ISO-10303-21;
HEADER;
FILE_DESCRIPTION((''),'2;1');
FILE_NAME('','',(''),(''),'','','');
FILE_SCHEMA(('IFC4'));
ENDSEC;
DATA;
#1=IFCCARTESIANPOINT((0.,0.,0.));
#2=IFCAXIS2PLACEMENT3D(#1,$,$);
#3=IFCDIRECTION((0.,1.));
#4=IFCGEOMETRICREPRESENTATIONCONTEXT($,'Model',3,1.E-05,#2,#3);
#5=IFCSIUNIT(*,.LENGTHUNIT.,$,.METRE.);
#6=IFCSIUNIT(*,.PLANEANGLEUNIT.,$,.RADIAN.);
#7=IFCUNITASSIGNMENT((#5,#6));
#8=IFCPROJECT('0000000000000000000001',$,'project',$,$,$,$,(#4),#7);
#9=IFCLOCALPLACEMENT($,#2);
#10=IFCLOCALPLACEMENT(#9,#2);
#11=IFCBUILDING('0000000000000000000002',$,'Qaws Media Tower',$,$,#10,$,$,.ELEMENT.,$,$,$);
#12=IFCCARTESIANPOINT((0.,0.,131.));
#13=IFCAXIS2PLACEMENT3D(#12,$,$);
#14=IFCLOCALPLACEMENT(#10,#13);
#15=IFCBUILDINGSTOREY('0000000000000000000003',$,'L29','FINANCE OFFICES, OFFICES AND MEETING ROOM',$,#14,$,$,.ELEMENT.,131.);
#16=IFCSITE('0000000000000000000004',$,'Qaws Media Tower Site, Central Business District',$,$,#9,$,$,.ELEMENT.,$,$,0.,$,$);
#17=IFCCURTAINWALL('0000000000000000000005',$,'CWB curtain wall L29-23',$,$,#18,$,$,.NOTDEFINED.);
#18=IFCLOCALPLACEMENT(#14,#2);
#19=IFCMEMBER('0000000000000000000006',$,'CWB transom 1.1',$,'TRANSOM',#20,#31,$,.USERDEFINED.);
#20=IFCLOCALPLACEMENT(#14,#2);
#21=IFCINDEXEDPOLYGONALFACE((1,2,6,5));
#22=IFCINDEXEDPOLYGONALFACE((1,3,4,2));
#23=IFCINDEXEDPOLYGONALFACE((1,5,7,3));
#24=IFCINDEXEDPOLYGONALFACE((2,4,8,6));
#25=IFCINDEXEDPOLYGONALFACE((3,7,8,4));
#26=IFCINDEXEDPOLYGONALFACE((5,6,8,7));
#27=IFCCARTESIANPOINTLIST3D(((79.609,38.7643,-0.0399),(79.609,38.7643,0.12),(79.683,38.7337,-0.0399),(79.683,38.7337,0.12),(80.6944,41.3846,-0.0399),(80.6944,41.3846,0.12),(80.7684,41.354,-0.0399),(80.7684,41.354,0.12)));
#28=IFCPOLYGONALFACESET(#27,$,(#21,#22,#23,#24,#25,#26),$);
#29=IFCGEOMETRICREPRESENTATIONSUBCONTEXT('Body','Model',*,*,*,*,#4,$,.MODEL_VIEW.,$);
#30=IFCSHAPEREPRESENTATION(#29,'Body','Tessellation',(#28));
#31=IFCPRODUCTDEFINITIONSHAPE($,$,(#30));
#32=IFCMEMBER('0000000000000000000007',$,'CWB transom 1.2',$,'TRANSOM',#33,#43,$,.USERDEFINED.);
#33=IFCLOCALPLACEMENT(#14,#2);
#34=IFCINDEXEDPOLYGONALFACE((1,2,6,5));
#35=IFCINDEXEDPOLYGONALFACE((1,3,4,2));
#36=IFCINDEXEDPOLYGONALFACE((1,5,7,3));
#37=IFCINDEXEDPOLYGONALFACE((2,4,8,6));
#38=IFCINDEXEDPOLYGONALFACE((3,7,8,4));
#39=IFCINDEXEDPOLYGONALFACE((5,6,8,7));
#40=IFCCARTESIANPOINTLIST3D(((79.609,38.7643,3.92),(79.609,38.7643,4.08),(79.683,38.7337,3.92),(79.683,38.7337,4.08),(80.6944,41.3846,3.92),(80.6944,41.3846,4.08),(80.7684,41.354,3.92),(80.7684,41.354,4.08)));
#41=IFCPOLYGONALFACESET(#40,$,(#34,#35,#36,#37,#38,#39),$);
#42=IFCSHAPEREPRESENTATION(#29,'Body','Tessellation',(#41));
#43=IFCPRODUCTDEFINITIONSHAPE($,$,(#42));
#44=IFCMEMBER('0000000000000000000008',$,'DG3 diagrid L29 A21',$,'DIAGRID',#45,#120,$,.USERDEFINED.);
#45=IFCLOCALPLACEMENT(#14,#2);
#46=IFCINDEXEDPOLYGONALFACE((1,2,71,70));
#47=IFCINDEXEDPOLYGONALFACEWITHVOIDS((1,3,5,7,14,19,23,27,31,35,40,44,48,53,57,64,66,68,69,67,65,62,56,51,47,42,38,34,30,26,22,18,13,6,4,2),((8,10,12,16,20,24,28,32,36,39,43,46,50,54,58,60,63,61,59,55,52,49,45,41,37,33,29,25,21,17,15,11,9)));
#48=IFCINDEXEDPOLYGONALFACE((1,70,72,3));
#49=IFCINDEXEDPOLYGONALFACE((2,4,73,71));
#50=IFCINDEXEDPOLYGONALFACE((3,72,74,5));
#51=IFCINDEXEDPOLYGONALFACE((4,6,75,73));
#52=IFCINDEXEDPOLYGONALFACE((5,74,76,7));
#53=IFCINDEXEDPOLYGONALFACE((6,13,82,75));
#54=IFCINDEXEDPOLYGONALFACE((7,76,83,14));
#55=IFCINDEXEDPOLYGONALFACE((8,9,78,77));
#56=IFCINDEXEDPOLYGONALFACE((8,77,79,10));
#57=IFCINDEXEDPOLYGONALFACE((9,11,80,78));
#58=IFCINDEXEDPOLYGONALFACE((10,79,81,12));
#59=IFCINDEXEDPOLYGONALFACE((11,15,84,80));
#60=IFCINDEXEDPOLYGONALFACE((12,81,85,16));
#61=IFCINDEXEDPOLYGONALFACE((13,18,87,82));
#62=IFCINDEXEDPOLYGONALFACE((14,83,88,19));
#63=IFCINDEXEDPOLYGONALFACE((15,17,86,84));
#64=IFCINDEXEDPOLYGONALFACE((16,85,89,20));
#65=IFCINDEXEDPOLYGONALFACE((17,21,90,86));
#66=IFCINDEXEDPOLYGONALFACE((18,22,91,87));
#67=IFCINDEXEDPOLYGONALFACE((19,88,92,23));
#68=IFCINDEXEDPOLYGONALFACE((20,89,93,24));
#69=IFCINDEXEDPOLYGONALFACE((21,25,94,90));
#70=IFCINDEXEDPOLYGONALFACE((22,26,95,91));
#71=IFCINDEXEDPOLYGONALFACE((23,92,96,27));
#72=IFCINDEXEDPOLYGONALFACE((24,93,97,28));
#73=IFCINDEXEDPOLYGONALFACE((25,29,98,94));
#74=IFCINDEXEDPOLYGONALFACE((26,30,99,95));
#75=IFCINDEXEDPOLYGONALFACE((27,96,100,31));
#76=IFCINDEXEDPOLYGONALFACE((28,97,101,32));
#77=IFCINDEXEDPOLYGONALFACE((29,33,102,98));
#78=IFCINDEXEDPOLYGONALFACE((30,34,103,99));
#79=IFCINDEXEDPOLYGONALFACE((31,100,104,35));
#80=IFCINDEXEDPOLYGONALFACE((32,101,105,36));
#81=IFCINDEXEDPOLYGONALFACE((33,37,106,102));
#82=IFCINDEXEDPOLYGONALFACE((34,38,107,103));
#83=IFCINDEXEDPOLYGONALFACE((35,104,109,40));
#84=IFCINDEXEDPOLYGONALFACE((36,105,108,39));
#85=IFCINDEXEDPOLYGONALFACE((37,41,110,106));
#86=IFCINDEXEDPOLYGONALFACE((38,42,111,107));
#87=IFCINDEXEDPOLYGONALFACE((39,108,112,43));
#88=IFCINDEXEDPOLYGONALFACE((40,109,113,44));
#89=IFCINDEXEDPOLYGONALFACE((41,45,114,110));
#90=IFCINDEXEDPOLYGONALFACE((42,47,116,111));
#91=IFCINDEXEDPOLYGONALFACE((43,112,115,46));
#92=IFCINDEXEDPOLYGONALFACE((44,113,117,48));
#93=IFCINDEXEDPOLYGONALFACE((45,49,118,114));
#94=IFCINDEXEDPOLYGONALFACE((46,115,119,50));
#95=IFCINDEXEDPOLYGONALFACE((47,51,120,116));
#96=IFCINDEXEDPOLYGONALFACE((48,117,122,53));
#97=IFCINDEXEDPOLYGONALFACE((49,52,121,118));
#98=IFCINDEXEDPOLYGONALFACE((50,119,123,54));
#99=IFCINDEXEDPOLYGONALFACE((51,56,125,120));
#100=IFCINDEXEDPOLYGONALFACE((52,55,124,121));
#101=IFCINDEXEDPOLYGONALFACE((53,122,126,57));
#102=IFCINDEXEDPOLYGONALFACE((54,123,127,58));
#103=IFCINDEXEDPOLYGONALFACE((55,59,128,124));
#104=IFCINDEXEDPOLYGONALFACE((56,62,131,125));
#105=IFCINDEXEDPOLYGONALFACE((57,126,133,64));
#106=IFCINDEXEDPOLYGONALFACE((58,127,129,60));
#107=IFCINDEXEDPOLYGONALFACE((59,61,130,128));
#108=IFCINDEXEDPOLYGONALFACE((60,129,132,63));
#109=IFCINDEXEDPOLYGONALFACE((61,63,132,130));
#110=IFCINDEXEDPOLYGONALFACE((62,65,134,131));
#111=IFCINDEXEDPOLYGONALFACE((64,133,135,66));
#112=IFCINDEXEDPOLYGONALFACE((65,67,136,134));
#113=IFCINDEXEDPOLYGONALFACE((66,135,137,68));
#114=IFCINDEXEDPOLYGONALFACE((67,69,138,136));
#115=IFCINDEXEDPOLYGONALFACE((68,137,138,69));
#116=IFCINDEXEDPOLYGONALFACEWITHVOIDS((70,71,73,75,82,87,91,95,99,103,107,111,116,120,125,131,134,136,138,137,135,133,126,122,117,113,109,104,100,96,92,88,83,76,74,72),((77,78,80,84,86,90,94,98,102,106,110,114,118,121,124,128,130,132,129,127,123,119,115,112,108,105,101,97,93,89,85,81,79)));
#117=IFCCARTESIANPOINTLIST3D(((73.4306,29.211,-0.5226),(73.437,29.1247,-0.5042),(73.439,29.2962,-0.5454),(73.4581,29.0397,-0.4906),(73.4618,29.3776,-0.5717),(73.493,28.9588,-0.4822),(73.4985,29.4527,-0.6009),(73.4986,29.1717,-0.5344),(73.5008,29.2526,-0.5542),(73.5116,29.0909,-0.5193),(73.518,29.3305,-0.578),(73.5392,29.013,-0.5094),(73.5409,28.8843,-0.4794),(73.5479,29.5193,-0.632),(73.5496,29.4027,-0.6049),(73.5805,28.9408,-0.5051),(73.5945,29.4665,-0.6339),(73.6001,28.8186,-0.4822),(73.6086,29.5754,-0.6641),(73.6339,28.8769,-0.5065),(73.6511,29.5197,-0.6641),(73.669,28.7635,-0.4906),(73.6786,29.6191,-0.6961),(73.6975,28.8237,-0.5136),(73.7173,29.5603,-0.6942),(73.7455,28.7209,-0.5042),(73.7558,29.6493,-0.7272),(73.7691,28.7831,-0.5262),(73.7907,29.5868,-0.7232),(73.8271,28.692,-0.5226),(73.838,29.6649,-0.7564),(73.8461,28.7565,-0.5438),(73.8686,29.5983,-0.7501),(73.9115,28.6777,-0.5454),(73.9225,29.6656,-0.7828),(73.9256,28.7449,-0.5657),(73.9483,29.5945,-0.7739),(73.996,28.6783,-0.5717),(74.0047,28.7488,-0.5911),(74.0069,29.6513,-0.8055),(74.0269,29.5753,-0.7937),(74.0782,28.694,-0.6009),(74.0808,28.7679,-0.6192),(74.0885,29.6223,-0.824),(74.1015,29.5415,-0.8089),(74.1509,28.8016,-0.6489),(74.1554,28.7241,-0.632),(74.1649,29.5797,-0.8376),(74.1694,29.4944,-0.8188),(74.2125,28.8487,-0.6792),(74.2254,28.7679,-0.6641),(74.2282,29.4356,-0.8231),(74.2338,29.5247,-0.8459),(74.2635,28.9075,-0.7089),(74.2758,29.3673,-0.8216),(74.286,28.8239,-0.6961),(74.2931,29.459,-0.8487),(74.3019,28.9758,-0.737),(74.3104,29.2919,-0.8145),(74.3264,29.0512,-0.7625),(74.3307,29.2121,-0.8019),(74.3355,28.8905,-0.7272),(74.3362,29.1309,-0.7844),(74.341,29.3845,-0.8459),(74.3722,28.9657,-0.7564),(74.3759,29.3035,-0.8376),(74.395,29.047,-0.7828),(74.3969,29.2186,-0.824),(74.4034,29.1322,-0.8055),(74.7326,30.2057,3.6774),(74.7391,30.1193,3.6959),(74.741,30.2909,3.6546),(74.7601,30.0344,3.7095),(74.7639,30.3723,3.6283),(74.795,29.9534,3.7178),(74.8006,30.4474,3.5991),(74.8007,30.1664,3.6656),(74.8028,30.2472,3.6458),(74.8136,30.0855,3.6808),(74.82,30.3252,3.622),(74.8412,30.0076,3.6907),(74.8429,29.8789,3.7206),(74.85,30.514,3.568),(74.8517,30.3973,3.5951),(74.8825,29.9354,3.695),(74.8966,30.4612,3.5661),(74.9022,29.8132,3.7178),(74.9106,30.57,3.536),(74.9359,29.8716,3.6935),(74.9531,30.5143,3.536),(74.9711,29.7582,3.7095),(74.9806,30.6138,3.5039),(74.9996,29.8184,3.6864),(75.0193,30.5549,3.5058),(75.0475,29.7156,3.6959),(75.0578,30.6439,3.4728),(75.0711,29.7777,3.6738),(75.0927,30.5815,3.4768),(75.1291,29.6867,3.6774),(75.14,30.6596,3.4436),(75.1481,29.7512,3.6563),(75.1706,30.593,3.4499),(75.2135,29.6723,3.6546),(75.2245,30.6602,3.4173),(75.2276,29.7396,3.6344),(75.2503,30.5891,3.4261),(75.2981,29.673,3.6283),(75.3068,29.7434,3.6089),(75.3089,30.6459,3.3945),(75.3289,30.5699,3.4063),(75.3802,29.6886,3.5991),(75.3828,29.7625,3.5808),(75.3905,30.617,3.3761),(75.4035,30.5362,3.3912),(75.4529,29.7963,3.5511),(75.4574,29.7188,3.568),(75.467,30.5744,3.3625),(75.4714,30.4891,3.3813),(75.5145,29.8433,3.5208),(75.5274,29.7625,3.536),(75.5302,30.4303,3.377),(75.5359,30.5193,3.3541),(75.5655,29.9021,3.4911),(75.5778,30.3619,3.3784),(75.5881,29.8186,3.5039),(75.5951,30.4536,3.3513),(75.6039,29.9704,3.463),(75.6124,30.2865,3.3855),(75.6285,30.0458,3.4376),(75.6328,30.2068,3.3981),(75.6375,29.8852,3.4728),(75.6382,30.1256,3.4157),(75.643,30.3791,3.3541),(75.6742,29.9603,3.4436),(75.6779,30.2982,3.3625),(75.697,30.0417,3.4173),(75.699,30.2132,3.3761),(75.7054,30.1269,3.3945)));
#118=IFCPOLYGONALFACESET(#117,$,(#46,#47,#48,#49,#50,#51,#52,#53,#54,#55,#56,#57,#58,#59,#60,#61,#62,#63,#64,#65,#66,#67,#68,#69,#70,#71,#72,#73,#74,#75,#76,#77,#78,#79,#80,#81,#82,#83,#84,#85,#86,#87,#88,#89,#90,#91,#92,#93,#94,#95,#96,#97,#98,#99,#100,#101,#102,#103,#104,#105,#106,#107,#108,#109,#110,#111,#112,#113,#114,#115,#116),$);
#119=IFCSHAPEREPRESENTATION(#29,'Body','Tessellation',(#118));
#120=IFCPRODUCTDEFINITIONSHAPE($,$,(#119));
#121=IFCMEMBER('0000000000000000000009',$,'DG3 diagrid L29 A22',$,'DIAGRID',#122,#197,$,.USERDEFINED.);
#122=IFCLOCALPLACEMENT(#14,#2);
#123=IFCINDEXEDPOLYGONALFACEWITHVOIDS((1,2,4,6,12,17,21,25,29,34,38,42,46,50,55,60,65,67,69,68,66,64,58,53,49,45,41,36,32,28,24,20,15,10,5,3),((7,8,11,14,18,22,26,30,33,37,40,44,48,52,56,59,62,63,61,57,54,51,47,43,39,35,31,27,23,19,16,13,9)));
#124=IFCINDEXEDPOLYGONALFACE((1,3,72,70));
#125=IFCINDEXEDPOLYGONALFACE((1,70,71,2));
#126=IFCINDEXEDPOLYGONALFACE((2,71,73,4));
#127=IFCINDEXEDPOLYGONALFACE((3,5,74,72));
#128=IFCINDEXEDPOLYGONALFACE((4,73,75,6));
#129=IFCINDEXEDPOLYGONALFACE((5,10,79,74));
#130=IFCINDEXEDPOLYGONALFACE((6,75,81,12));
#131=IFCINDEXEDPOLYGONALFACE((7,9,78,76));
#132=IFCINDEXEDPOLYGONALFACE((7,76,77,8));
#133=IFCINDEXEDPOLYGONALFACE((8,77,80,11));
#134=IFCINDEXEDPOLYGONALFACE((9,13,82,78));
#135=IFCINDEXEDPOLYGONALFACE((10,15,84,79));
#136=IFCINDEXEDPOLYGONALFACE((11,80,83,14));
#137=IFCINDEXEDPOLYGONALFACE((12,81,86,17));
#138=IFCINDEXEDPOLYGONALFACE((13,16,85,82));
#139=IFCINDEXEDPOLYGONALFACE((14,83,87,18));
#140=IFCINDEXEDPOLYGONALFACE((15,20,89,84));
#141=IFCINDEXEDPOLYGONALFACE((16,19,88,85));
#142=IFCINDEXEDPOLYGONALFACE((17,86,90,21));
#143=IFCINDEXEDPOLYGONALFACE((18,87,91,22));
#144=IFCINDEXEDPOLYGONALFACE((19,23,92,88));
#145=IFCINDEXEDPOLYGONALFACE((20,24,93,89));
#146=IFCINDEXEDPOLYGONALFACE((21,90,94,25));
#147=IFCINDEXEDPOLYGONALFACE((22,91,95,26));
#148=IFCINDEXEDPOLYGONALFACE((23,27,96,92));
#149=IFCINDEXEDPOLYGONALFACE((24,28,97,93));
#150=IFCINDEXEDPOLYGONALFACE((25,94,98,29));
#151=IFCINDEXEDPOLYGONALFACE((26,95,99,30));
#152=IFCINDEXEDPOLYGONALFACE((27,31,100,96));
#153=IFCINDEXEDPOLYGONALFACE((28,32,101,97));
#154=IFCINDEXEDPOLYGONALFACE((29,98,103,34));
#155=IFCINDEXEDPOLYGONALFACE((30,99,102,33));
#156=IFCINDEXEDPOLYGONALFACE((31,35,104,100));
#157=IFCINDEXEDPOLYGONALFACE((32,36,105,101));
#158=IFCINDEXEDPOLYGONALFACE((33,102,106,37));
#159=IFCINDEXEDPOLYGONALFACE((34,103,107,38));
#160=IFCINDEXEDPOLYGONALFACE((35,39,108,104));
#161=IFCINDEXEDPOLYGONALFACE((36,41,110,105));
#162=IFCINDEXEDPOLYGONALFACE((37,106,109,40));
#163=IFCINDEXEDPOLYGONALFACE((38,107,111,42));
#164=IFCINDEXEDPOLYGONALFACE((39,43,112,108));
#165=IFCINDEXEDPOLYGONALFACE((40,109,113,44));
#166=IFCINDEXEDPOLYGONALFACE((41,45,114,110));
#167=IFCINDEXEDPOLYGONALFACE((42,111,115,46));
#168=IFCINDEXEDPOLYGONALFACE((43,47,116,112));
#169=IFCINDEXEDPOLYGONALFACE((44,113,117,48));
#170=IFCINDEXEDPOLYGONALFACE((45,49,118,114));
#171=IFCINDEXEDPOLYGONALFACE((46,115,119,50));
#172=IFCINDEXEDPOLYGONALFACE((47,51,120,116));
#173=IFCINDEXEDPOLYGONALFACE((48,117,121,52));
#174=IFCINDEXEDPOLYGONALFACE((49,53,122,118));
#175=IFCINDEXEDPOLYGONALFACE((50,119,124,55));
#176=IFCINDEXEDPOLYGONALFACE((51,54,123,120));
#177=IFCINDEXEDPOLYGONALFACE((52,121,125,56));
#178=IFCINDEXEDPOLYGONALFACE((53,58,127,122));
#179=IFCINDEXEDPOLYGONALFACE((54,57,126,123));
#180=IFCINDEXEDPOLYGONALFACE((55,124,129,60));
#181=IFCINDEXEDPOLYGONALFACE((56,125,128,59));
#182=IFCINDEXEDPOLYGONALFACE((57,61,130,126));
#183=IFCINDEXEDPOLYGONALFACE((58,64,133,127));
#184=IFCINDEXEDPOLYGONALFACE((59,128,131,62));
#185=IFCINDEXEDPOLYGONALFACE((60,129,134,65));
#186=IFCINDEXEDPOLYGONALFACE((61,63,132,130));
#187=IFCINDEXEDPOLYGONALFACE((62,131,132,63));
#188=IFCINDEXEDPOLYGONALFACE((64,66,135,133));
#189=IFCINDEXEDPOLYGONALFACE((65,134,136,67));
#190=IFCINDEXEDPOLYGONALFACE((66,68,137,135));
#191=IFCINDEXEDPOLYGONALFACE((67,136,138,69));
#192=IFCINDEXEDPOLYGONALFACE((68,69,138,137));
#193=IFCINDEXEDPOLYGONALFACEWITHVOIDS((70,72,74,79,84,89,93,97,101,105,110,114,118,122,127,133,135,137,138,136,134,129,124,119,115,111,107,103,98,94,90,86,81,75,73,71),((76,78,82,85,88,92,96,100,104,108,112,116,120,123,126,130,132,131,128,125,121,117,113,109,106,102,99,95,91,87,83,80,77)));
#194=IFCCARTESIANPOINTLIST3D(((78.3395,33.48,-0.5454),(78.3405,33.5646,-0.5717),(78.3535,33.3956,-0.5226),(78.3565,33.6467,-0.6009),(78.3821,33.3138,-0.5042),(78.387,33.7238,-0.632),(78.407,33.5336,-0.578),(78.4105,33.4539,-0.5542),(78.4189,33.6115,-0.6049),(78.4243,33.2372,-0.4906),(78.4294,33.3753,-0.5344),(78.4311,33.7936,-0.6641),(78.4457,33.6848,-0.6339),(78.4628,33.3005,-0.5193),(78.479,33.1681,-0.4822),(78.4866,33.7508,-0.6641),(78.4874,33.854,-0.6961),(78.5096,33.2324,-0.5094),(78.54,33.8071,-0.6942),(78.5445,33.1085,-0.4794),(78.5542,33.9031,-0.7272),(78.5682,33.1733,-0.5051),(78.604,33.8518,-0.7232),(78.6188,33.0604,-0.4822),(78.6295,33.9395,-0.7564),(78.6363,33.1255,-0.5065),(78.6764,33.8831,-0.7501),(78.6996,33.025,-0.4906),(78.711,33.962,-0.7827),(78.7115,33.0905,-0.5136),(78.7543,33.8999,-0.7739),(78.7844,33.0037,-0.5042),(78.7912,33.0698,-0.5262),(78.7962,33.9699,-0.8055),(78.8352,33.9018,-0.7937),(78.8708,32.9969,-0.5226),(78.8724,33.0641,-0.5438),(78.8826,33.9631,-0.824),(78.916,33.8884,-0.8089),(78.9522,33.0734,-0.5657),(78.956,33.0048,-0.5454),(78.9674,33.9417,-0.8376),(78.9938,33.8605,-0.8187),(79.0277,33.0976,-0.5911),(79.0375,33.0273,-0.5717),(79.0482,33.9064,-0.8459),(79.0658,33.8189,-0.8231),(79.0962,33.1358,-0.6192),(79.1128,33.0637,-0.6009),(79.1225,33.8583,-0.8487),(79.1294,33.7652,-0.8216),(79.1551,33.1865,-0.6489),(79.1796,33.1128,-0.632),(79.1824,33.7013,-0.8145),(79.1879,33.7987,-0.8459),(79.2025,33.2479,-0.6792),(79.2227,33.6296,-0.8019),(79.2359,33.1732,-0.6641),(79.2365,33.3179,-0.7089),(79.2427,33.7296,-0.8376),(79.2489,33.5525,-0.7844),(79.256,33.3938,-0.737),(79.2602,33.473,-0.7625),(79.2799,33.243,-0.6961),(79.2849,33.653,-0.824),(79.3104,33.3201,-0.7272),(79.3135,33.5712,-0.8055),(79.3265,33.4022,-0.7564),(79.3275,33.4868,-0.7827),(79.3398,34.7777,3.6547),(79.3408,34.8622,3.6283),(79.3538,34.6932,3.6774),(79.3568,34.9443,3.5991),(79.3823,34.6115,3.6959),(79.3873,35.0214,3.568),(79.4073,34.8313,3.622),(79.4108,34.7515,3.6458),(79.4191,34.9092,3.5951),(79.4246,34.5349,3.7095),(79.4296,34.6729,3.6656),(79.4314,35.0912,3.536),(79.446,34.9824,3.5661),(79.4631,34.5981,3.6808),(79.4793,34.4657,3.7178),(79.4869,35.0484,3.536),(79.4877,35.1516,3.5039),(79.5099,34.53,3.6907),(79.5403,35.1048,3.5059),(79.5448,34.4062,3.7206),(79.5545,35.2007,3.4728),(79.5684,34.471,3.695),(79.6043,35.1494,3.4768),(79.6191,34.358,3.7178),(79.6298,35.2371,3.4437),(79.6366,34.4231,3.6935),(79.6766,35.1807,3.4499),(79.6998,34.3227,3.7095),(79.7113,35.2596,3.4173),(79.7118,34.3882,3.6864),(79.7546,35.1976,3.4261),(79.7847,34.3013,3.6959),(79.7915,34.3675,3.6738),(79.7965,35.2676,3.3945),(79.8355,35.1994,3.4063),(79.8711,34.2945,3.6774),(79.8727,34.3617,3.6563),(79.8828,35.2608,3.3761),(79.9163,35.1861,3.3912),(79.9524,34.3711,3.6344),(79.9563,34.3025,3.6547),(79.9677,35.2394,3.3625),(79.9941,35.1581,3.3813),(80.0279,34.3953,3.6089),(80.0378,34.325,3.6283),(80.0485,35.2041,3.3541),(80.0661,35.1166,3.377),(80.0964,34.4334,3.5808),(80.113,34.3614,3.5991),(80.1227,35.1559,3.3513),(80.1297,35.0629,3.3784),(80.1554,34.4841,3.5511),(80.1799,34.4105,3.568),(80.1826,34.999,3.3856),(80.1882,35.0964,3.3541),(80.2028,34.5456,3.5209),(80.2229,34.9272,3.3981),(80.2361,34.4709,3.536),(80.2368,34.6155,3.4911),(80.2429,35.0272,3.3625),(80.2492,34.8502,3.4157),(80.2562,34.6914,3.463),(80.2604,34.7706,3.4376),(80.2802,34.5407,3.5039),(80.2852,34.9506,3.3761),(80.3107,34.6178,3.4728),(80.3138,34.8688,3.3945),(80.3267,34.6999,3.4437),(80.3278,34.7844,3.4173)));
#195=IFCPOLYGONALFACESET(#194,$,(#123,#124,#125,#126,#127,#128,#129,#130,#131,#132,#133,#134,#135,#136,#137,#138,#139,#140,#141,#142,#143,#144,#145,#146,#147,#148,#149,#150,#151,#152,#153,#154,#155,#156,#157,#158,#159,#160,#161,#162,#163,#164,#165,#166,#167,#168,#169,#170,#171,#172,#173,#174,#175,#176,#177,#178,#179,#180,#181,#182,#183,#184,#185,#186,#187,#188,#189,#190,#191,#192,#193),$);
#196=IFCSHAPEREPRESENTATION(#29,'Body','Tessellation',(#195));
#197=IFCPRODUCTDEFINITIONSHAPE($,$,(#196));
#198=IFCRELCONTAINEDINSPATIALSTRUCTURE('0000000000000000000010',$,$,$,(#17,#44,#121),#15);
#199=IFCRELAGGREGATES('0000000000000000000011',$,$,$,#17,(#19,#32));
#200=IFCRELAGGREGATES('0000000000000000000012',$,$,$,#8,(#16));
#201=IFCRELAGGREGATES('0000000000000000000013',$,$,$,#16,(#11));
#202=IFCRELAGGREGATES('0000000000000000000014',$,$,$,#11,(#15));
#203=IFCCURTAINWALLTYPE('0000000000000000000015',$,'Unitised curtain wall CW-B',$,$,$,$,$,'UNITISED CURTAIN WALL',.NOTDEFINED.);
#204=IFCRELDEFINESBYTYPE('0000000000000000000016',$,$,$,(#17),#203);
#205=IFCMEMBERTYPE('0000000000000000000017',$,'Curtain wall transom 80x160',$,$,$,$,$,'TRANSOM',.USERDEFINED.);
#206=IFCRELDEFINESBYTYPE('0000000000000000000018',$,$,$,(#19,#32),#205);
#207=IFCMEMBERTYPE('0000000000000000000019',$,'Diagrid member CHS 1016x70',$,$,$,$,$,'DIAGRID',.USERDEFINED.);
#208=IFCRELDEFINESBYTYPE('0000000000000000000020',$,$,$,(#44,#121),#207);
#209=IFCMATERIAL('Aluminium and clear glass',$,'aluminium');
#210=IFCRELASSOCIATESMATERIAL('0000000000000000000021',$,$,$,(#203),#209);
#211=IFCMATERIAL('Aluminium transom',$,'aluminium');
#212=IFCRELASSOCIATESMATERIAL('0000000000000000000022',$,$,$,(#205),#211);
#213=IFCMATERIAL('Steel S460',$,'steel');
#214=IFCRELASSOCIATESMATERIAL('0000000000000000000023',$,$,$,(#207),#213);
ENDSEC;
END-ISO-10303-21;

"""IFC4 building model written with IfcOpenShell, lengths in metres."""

from ifc_helpers import new_model, si_unit, direction, frame, origin, origin_2d, place, context, subcontext, project, spatial, rectangle, hollow_circle, extrude, material, material_profile, profile_set, type_object, element, aggregate, save


model = new_model("IFC4")

# Units and contexts
model_context = context("Model", 3, precision=1e-05, world=origin(), true_north=direction((0.0, 1.0)))
body_context = subcontext(model_context, "Body", "Model", "MODEL_VIEW")
ifc_project = project(units=[si_unit("LENGTHUNIT", "METRE"), si_unit("PLANEANGLEUNIT", "RADIAN")], contexts=[model_context])

# Site, building, storey
site_placement = place(None, origin())
site = spatial("IfcSite", under=ifc_project, at=site_placement, Name="Qaws Media Tower Site, Central Business District", CompositionType="ELEMENT", RefElevation=0.0)
building_placement = place(site_placement, origin())
building = spatial("IfcBuilding", under=site, at=building_placement, Name="Qaws Media Tower", CompositionType="ELEMENT")
storey_placement = place(building_placement, frame((0.0, 0.0, 131.0)))
storey = spatial("IfcBuildingStorey", under=building, at=storey_placement, Name="L29", Description="FINANCE OFFICES, OFFICES AND MEETING ROOM", CompositionType="ELEMENT", Elevation=131.0)

# Shared definitions
ifc_material_1 = material(Name="Aluminium and clear glass", Category="aluminium")
curtain_wall_type = type_object("IfcCurtainWallType", Name="Unitised curtain wall CW-B", ElementType="UNITISED CURTAIN WALL", PredefinedType="NOTDEFINED", material=ifc_material_1)

# Curtain wall
curtain_wall_1_placement = place(storey_placement, origin())
curtain_wall_1 = element("IfcCurtainWall", 1, at=curtain_wall_1_placement, inside=storey, type_object=curtain_wall_type, Name="CWB curtain wall L29-23", PredefinedType="NOTDEFINED")

# Members
ifc_material_2 = material(Name="Aluminium transom", Category="aluminium")
ifc_material_profile_1 = material_profile(ifc_material_2, rectangle(XDim=0.0801, YDim=0.1599, at=origin_2d()), Name="80x160")
ifc_profile_set_1 = profile_set([ifc_material_profile_1], Name="Aluminium transom")
member_type_1 = type_object("IfcMemberType", Name="Curtain wall transom 80x160", ElementType="TRANSOM", PredefinedType="USERDEFINED", material=ifc_profile_set_1)
member_1_placement = place(storey_placement, frame((79.646, 38.749, 0.04), z_axis=(0.382701, 0.923872, 0.0), x_axis=(-0.923872, 0.382701, 0.0)))
member_1 = element("IfcMember", 2, at=member_1_placement, type_object=member_type_1, Name="CWB transom 1.1", ObjectType="TRANSOM", PredefinedType="USERDEFINED", context=body_context, shape_type="SweptSolid", body=[
    extrude(rectangle(XDim=0.0801, YDim=0.1599, at=origin_2d()), origin(), (0.0, 0.0, 1.0), 2.8362),
])
member_2_placement = place(storey_placement, frame((79.646, 38.749, 4.0), z_axis=(0.382701, 0.923872, 0.0), x_axis=(-0.923872, 0.382701, 0.0)))
member_2 = element("IfcMember", 3, at=member_2_placement, type_object=member_type_1, Name="CWB transom 1.2", ObjectType="TRANSOM", PredefinedType="USERDEFINED", context=body_context, shape_type="SweptSolid", body=[
    extrude(rectangle(XDim=0.0801, YDim=0.1599, at=origin_2d()), origin(), (0.0, 0.0, 1.0), 2.8362),
])
aggregate(curtain_wall_1, [member_1, member_2])

# Members
ifc_material_3 = material(Name="Steel S460", Category="steel")
ifc_material_profile_2 = material_profile(ifc_material_3, hollow_circle(Radius=0.5081, WallThickness=0.0701, at=origin_2d()), Name="CHS 1016x70")
ifc_profile_set_2 = profile_set([ifc_material_profile_2], Name="Steel S460")
member_type_2 = type_object("IfcMemberType", Name="Diagrid member CHS 1016x70", ElementType="DIAGRID", PredefinedType="USERDEFINED", material=ifc_profile_set_2)
for number, where, z_axis, x_axis, name in (
    (4, (73.917, 29.1716, -0.6641), (0.288806, 0.220625, 0.93162), (-0.607057, 0.794658, 0.0), "DG3 diagrid L29 A21"),
    (5, (78.8335, 33.4834, -0.6641), (0.221872, 0.287833, 0.931625), (-0.792009, 0.61051, 0.0), "DG3 diagrid L29 A22"),
):
    element("IfcMember", number, at=place(storey_placement, frame(where, z_axis=z_axis, x_axis=x_axis)), inside=storey, type_object=member_type_2, Name=name, ObjectType="DIAGRID", PredefinedType="USERDEFINED", context=body_context, shape_type="SweptSolid", body=[
        extrude(hollow_circle(Radius=0.5081, WallThickness=0.0701, at=origin_2d()), origin(), (0.0, 0.0, 1.0), 4.5083),
    ])

save(model, "model.ifc")
